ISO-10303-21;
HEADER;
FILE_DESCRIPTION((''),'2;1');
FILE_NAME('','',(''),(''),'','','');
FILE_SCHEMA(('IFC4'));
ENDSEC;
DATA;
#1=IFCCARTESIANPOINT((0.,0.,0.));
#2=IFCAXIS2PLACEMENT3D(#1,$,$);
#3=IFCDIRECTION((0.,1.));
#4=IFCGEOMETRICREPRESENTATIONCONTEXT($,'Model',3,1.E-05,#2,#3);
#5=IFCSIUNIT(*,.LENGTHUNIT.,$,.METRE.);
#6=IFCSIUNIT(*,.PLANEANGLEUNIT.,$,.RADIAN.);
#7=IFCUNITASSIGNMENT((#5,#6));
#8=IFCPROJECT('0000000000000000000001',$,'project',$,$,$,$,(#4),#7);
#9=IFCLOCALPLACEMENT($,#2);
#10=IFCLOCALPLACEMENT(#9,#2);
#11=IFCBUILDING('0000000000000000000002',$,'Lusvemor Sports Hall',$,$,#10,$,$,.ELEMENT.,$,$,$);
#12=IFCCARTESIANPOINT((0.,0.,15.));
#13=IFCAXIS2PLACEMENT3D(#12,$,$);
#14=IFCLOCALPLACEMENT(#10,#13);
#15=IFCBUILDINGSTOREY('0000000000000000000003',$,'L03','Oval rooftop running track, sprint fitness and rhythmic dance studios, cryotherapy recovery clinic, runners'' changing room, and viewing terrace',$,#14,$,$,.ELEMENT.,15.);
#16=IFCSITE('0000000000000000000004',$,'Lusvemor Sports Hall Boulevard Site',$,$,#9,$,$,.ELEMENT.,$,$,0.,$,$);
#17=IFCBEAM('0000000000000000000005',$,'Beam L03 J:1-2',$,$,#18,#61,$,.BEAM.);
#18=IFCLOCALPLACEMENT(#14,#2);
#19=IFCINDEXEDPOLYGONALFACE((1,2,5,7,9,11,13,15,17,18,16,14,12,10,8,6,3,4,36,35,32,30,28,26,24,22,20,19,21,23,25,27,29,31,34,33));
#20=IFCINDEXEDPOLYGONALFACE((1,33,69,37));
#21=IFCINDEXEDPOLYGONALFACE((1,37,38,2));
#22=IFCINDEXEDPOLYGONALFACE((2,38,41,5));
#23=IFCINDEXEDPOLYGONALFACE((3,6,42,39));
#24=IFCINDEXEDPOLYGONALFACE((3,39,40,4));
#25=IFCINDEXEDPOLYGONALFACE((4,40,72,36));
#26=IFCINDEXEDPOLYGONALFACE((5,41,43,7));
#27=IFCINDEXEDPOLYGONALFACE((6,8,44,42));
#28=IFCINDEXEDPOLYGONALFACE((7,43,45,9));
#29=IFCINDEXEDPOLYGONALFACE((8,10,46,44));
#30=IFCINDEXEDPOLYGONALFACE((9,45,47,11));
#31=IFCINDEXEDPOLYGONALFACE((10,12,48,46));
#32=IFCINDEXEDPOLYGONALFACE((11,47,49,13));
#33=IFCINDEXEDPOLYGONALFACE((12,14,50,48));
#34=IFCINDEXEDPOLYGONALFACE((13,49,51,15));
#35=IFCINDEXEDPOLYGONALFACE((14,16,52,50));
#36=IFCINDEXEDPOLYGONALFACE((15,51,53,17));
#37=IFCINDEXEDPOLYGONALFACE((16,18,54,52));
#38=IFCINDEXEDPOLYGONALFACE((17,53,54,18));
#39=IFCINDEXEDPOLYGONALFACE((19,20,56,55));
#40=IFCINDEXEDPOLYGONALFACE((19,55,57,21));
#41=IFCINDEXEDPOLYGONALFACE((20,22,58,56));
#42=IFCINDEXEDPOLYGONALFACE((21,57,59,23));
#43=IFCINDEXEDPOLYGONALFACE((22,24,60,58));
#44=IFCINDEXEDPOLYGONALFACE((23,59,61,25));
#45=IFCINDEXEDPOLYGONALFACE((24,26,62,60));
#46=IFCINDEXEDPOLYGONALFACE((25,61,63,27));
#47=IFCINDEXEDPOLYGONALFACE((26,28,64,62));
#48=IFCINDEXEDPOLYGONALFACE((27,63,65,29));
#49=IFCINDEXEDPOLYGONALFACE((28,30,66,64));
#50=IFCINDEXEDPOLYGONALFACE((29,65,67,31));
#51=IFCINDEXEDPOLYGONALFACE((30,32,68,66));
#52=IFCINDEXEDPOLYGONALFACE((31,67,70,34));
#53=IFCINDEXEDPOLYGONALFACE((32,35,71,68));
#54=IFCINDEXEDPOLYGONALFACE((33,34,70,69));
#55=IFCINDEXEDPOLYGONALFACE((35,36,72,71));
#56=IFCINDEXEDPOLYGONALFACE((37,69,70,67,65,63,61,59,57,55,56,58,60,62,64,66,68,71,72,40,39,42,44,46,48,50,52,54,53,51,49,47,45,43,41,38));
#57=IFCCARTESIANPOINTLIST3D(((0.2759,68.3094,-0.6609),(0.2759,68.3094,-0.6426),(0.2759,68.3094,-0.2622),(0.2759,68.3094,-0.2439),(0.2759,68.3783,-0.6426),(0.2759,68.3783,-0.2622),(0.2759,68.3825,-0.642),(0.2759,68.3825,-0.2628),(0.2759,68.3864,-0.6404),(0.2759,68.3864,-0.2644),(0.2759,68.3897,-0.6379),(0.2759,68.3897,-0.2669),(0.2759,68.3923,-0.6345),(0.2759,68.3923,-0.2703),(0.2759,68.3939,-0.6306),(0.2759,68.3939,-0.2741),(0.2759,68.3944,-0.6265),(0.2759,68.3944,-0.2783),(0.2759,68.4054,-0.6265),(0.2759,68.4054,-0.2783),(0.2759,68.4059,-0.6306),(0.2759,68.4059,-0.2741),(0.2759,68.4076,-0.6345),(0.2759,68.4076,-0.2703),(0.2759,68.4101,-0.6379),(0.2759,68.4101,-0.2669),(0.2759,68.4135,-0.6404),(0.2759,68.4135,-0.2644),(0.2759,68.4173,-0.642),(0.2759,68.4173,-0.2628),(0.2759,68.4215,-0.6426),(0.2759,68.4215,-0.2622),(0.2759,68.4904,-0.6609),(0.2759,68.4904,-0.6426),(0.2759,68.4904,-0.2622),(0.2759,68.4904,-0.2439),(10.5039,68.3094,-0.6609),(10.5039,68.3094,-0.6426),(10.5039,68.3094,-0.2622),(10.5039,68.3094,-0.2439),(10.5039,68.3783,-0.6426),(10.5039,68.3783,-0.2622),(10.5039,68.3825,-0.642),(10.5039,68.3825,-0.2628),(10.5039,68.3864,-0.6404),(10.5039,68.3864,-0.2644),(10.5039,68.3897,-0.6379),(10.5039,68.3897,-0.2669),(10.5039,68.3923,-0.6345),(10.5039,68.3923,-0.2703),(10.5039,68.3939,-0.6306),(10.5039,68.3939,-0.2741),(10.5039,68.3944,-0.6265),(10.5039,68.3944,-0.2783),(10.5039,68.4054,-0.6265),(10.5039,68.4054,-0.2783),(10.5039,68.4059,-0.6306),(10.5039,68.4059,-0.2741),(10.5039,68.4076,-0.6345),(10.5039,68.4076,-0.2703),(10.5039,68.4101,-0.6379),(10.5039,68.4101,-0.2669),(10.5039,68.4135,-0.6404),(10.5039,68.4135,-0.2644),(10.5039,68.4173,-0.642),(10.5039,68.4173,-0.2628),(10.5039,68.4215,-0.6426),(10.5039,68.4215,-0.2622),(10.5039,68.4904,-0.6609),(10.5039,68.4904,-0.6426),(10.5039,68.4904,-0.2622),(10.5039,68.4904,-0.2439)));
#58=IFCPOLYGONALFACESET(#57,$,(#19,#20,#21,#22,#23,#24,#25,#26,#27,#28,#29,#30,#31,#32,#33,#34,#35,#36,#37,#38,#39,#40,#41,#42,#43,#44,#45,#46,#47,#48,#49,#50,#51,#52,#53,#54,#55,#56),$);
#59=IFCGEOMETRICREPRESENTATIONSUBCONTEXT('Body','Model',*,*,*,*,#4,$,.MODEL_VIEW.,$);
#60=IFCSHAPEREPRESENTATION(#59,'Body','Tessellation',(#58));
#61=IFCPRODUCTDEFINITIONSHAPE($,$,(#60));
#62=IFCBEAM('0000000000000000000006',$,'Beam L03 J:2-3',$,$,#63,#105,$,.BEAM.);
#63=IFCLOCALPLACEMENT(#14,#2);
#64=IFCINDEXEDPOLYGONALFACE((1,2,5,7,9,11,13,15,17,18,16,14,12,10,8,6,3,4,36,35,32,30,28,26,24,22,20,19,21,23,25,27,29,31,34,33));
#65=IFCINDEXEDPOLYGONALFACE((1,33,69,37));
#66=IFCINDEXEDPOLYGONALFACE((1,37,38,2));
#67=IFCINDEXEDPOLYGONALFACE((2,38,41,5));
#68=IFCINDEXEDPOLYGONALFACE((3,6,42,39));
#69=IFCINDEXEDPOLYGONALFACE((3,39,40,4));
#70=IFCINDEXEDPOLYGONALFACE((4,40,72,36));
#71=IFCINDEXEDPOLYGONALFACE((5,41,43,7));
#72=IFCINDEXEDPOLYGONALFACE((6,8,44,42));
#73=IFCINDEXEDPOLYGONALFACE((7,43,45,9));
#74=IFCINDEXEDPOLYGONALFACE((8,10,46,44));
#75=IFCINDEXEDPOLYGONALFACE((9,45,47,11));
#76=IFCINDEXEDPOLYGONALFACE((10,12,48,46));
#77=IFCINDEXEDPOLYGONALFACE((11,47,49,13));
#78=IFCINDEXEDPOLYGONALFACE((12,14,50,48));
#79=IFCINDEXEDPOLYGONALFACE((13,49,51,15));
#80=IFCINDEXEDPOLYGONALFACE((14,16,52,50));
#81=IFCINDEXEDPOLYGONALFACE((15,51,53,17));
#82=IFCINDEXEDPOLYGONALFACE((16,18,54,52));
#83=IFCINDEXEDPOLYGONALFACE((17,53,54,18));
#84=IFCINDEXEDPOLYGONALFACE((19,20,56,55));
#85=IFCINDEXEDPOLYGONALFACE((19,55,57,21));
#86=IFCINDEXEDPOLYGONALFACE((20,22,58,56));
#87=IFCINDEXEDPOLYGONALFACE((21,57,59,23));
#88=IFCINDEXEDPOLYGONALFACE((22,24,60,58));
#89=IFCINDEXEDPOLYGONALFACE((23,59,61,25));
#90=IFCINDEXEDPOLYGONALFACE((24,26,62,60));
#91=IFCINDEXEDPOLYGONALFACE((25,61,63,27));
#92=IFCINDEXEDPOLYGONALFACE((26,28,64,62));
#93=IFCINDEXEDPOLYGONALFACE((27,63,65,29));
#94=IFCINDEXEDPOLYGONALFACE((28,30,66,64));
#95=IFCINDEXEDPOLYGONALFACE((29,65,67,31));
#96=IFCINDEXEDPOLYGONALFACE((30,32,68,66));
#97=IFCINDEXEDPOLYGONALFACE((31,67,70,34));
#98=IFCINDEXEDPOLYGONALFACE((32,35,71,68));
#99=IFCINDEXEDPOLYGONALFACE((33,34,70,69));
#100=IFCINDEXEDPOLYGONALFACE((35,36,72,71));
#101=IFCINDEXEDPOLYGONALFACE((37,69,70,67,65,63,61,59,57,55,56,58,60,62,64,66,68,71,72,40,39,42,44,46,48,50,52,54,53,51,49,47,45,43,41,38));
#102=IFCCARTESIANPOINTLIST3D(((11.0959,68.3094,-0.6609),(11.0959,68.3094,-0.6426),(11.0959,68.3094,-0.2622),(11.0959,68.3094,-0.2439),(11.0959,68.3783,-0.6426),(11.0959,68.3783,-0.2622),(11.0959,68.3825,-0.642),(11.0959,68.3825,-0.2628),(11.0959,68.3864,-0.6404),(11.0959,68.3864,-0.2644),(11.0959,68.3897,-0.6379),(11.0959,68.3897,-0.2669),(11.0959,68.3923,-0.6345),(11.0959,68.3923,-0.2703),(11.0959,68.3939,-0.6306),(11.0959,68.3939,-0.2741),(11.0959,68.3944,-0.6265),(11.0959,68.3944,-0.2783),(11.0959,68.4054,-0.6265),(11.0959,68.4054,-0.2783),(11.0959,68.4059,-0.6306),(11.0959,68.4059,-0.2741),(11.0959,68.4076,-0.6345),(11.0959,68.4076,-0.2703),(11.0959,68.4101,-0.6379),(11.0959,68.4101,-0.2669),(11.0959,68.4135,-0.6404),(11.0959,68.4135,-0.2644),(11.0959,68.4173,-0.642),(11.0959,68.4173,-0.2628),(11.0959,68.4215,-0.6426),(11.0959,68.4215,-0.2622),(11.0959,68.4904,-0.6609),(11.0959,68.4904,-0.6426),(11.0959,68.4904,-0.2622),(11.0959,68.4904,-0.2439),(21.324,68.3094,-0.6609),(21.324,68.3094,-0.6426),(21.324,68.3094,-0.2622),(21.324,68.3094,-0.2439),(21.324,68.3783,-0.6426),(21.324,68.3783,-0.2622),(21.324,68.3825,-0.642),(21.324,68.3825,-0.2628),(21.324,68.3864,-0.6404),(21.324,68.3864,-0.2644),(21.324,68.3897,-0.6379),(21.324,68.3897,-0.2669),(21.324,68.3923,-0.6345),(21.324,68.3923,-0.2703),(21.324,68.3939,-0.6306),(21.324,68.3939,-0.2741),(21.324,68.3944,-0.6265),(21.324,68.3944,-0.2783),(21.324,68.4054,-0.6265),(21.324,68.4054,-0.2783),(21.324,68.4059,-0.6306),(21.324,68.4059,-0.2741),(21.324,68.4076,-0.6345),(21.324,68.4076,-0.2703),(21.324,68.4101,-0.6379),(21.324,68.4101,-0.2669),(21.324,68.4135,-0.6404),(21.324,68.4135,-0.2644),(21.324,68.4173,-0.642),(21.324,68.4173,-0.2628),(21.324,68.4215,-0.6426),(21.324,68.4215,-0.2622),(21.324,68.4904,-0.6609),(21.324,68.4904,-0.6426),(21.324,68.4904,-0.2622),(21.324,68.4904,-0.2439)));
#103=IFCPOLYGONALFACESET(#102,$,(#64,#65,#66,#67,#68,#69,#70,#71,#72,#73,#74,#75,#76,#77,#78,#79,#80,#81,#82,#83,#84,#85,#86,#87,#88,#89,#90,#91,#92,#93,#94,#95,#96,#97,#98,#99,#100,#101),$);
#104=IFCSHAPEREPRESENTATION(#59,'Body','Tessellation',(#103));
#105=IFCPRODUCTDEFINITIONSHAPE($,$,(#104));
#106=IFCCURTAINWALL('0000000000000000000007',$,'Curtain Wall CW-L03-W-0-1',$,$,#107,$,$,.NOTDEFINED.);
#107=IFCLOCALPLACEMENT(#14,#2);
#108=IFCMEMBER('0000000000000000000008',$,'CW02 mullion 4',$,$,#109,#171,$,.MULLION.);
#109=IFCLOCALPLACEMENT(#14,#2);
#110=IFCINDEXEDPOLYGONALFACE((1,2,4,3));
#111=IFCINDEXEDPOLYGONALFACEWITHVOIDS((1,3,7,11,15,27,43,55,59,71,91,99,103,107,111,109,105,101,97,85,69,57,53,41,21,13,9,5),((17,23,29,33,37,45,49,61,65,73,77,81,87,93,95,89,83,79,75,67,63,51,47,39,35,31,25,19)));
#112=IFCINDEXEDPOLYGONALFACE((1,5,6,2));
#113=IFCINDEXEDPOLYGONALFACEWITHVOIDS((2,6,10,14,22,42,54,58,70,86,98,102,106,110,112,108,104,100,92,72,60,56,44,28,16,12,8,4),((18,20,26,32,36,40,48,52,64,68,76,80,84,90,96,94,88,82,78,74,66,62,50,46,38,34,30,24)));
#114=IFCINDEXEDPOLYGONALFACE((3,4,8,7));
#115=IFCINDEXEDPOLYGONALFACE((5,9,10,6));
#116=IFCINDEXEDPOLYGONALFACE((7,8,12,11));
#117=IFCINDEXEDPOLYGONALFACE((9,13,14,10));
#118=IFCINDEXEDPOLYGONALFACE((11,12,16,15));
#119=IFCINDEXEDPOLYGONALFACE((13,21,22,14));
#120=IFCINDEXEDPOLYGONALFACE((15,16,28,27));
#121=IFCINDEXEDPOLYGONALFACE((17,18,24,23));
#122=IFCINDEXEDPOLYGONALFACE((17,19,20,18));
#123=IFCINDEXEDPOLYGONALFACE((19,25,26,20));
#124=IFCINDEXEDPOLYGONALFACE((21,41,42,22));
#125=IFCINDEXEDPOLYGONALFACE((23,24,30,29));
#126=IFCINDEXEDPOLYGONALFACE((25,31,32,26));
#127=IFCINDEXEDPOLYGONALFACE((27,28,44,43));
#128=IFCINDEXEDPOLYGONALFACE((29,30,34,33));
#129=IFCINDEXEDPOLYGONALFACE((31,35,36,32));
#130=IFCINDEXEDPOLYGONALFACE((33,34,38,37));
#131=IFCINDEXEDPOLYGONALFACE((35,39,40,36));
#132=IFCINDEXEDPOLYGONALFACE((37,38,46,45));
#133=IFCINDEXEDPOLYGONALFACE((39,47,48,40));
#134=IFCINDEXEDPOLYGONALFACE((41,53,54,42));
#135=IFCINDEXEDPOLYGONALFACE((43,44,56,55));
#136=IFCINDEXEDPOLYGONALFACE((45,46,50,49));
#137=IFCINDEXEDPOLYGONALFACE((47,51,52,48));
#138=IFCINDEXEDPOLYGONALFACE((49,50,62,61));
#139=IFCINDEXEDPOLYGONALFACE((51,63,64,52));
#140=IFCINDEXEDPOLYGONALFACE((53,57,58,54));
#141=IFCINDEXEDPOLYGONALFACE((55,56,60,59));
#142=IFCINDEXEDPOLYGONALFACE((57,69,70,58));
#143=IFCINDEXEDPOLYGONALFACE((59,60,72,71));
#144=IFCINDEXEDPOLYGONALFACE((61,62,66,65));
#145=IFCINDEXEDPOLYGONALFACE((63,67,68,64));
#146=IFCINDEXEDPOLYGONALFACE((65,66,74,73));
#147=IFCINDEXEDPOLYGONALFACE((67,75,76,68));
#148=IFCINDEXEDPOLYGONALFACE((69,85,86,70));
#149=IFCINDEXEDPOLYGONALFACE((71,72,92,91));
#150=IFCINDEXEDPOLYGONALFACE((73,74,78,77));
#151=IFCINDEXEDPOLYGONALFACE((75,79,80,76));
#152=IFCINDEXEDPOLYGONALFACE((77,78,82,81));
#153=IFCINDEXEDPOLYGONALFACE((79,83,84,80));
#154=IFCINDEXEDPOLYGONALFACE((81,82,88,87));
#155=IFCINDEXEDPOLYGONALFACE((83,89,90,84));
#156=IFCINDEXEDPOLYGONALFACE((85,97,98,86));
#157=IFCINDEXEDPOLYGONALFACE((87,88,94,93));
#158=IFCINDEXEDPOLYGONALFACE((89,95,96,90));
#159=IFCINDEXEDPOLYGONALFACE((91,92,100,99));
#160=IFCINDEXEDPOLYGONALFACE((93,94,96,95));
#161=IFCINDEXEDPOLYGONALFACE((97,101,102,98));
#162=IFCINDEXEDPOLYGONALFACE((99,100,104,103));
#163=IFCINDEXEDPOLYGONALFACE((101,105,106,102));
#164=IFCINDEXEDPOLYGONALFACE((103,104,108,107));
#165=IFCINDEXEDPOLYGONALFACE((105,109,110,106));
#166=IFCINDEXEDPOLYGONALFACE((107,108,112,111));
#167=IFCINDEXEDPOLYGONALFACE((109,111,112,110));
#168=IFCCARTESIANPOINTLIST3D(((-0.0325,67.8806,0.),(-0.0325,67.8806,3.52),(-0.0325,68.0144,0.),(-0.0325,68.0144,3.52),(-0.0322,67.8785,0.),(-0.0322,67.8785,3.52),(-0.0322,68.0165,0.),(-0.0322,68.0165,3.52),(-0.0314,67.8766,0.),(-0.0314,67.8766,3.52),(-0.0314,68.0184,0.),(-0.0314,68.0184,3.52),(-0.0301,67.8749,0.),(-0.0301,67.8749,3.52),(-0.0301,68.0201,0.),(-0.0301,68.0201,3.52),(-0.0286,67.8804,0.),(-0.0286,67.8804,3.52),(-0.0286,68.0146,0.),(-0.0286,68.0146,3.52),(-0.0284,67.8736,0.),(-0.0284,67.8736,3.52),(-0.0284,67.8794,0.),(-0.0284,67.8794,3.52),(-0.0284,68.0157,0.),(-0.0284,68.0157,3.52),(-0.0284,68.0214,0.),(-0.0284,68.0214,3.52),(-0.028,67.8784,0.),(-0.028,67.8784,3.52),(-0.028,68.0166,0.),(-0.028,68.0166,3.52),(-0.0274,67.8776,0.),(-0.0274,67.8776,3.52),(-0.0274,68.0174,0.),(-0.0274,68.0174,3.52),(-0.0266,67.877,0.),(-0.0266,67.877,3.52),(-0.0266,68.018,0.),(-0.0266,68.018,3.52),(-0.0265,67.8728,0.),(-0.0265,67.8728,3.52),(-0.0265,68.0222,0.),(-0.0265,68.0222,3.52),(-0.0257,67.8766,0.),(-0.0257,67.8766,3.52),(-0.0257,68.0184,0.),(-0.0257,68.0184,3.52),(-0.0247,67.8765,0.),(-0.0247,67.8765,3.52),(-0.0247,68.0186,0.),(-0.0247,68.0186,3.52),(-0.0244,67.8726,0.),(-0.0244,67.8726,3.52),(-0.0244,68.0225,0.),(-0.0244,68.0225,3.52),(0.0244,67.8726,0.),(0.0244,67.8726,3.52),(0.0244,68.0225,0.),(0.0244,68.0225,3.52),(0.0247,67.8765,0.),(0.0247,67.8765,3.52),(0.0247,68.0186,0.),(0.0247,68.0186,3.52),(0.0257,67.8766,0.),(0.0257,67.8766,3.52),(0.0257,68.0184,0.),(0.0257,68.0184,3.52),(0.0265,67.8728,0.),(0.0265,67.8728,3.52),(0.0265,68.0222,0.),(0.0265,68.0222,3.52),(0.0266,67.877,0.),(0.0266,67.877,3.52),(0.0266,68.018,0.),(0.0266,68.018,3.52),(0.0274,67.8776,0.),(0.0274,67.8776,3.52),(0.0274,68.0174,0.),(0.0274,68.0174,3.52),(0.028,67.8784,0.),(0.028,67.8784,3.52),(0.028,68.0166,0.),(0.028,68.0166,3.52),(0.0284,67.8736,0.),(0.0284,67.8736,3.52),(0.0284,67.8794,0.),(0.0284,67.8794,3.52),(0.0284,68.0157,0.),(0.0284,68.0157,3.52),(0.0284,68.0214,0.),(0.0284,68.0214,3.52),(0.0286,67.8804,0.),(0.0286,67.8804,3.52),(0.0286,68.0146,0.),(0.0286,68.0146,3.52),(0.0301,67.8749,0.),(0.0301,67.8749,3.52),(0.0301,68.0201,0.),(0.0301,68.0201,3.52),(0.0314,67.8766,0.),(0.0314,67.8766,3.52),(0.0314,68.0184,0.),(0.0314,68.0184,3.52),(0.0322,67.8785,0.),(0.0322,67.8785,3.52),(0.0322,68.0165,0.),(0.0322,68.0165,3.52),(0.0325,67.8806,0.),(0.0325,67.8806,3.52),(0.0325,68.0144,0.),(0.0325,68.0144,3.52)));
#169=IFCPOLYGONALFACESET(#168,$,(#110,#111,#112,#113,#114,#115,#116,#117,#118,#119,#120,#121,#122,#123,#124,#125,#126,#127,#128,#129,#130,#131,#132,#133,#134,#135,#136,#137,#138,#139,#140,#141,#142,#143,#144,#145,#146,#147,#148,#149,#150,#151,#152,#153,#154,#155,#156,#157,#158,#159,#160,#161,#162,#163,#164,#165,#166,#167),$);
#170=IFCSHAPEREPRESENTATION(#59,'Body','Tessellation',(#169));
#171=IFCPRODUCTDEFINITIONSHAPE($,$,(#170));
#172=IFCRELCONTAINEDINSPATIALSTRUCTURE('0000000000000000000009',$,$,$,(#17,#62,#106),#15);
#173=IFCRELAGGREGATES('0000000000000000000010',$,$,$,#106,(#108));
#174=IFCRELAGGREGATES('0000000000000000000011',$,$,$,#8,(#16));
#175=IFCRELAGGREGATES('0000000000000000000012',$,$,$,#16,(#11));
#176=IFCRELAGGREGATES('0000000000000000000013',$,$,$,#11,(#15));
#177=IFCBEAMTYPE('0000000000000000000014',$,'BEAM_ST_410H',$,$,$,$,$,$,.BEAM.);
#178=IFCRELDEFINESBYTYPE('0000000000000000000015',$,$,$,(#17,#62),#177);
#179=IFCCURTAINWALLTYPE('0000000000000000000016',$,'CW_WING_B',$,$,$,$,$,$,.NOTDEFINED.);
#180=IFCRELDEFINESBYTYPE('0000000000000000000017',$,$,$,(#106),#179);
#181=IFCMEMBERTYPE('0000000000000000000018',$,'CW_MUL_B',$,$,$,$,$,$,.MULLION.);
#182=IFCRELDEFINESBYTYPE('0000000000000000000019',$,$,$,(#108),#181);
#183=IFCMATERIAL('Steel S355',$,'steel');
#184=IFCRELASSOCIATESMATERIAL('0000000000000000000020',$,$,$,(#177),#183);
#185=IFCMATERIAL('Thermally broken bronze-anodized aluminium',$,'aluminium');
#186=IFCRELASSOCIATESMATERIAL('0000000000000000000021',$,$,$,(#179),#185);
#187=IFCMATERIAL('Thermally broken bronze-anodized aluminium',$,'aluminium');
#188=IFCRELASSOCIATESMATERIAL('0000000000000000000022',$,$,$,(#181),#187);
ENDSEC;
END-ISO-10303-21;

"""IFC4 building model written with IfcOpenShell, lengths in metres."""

from ifc_helpers import new_model, si_unit, direction, frame, origin, origin_2d, place, context, subcontext, project, spatial, hollow_rectangle, i_section, extrude, material, material_profile, profile_set, type_object, element, aggregate, save


model = new_model("IFC4")

# Units and contexts
model_context = context("Model", 3, precision=1e-05, world=origin(), true_north=direction((0.0, 1.0)))
body_context = subcontext(model_context, "Body", "Model", "MODEL_VIEW")
ifc_project = project(units=[si_unit("LENGTHUNIT", "METRE"), si_unit("PLANEANGLEUNIT", "RADIAN")], contexts=[model_context])

# Site, building, storey
site_placement = place(None, origin())
site = spatial("IfcSite", under=ifc_project, at=site_placement, Name="Lusvemor Sports Hall Boulevard Site", CompositionType="ELEMENT", RefElevation=0.0)
building_placement = place(site_placement, origin())
building = spatial("IfcBuilding", under=site, at=building_placement, Name="Lusvemor Sports Hall", CompositionType="ELEMENT")
storey_placement = place(building_placement, frame((0.0, 0.0, 15.0)))
storey = spatial("IfcBuildingStorey", under=building, at=storey_placement, Name="L03", Description="Oval rooftop running track, sprint fitness and rhythmic dance studios, cryotherapy recovery clinic, runners' changing room, and viewing terrace", CompositionType="ELEMENT", Elevation=15.0)

# Beams
ifc_material_1 = material(Name="Steel S355", Category="steel")
ifc_material_profile_1 = material_profile(ifc_material_1, i_section(OverallWidth=0.1809, OverallDepth=0.417, WebThickness=0.011, FlangeThickness=0.0183, FilletRadius=0.0161, at=origin_2d()), Name="W410x85.0")
ifc_profile_set_1 = profile_set([ifc_material_profile_1], Name="Steel S355")
beam_type_1 = type_object("IfcBeamType", Name="BEAM_ST_410H", PredefinedType="BEAM", material=ifc_profile_set_1)
for number, where, z_axis, x_axis, name in (
    (1, (0.2759, 68.3999, -0.4524), (1.0, 0.0, 0.0), (0.0, 1.0, 0.0), "Beam L03 J:1-2"),
    (2, (11.0959, 68.3999, -0.4524), (1.0, 0.0, 0.0), (0.0, 1.0, 0.0), "Beam L03 J:2-3"),
):
    element("IfcBeam", number, at=place(storey_placement, frame(where, z_axis=z_axis, x_axis=x_axis)), inside=storey, type_object=beam_type_1, Name=name, PredefinedType="BEAM", context=body_context, shape_type="SweptSolid", body=[
        extrude(i_section(OverallWidth=0.1809, OverallDepth=0.417, WebThickness=0.011, FlangeThickness=0.0183, FilletRadius=0.0161, at=origin_2d()), origin(), (0.0, 0.0, 1.0), 10.228),
    ])

# Curtain wall, member
ifc_material_2 = material(Name="Thermally broken bronze-anodized aluminium", Category="aluminium")
curtain_wall_type = type_object("IfcCurtainWallType", Name="CW_WING_B", PredefinedType="NOTDEFINED", material=ifc_material_2)
curtain_wall_1_placement = place(storey_placement, origin())
curtain_wall_1 = element("IfcCurtainWall", 3, at=curtain_wall_1_placement, inside=storey, type_object=curtain_wall_type, Name="Curtain Wall CW-L03-W-0-1", PredefinedType="NOTDEFINED")
ifc_material_3 = material(Name="Thermally broken bronze-anodized aluminium", Category="aluminium")
ifc_material_profile_2 = material_profile(ifc_material_3, hollow_rectangle(XDim=0.0649, YDim=0.1499, WallThickness=0.0039, InnerFilletRadius=0.0039, OuterFilletRadius=0.0081, at=origin_2d()), Name="CWMUL150x65x4")
ifc_profile_set_2 = profile_set([ifc_material_profile_2], Name="Thermally broken bronze-anodized aluminium")
member_type_1 = type_object("IfcMemberType", Name="CW_MUL_B", PredefinedType="MULLION", material=ifc_profile_set_2)
member_1_placement = place(storey_placement, frame((0.0, 67.9475, 0.0), z_axis=(0.0, 0.0, 1.0), x_axis=(-1.0, 0.0, 0.0)))
member_1 = element("IfcMember", 4, at=member_1_placement, type_object=member_type_1, Name="CW02 mullion 4", PredefinedType="MULLION", context=body_context, shape_type="SweptSolid", body=[
    extrude(hollow_rectangle(XDim=0.0649, YDim=0.1499, WallThickness=0.0039, InnerFilletRadius=0.0039, OuterFilletRadius=0.0081, at=origin_2d()), origin(), (0.0, 0.0, 1.0), 3.52),
])

aggregate(curtain_wall_1, [member_1])

save(model, "model.ifc")
